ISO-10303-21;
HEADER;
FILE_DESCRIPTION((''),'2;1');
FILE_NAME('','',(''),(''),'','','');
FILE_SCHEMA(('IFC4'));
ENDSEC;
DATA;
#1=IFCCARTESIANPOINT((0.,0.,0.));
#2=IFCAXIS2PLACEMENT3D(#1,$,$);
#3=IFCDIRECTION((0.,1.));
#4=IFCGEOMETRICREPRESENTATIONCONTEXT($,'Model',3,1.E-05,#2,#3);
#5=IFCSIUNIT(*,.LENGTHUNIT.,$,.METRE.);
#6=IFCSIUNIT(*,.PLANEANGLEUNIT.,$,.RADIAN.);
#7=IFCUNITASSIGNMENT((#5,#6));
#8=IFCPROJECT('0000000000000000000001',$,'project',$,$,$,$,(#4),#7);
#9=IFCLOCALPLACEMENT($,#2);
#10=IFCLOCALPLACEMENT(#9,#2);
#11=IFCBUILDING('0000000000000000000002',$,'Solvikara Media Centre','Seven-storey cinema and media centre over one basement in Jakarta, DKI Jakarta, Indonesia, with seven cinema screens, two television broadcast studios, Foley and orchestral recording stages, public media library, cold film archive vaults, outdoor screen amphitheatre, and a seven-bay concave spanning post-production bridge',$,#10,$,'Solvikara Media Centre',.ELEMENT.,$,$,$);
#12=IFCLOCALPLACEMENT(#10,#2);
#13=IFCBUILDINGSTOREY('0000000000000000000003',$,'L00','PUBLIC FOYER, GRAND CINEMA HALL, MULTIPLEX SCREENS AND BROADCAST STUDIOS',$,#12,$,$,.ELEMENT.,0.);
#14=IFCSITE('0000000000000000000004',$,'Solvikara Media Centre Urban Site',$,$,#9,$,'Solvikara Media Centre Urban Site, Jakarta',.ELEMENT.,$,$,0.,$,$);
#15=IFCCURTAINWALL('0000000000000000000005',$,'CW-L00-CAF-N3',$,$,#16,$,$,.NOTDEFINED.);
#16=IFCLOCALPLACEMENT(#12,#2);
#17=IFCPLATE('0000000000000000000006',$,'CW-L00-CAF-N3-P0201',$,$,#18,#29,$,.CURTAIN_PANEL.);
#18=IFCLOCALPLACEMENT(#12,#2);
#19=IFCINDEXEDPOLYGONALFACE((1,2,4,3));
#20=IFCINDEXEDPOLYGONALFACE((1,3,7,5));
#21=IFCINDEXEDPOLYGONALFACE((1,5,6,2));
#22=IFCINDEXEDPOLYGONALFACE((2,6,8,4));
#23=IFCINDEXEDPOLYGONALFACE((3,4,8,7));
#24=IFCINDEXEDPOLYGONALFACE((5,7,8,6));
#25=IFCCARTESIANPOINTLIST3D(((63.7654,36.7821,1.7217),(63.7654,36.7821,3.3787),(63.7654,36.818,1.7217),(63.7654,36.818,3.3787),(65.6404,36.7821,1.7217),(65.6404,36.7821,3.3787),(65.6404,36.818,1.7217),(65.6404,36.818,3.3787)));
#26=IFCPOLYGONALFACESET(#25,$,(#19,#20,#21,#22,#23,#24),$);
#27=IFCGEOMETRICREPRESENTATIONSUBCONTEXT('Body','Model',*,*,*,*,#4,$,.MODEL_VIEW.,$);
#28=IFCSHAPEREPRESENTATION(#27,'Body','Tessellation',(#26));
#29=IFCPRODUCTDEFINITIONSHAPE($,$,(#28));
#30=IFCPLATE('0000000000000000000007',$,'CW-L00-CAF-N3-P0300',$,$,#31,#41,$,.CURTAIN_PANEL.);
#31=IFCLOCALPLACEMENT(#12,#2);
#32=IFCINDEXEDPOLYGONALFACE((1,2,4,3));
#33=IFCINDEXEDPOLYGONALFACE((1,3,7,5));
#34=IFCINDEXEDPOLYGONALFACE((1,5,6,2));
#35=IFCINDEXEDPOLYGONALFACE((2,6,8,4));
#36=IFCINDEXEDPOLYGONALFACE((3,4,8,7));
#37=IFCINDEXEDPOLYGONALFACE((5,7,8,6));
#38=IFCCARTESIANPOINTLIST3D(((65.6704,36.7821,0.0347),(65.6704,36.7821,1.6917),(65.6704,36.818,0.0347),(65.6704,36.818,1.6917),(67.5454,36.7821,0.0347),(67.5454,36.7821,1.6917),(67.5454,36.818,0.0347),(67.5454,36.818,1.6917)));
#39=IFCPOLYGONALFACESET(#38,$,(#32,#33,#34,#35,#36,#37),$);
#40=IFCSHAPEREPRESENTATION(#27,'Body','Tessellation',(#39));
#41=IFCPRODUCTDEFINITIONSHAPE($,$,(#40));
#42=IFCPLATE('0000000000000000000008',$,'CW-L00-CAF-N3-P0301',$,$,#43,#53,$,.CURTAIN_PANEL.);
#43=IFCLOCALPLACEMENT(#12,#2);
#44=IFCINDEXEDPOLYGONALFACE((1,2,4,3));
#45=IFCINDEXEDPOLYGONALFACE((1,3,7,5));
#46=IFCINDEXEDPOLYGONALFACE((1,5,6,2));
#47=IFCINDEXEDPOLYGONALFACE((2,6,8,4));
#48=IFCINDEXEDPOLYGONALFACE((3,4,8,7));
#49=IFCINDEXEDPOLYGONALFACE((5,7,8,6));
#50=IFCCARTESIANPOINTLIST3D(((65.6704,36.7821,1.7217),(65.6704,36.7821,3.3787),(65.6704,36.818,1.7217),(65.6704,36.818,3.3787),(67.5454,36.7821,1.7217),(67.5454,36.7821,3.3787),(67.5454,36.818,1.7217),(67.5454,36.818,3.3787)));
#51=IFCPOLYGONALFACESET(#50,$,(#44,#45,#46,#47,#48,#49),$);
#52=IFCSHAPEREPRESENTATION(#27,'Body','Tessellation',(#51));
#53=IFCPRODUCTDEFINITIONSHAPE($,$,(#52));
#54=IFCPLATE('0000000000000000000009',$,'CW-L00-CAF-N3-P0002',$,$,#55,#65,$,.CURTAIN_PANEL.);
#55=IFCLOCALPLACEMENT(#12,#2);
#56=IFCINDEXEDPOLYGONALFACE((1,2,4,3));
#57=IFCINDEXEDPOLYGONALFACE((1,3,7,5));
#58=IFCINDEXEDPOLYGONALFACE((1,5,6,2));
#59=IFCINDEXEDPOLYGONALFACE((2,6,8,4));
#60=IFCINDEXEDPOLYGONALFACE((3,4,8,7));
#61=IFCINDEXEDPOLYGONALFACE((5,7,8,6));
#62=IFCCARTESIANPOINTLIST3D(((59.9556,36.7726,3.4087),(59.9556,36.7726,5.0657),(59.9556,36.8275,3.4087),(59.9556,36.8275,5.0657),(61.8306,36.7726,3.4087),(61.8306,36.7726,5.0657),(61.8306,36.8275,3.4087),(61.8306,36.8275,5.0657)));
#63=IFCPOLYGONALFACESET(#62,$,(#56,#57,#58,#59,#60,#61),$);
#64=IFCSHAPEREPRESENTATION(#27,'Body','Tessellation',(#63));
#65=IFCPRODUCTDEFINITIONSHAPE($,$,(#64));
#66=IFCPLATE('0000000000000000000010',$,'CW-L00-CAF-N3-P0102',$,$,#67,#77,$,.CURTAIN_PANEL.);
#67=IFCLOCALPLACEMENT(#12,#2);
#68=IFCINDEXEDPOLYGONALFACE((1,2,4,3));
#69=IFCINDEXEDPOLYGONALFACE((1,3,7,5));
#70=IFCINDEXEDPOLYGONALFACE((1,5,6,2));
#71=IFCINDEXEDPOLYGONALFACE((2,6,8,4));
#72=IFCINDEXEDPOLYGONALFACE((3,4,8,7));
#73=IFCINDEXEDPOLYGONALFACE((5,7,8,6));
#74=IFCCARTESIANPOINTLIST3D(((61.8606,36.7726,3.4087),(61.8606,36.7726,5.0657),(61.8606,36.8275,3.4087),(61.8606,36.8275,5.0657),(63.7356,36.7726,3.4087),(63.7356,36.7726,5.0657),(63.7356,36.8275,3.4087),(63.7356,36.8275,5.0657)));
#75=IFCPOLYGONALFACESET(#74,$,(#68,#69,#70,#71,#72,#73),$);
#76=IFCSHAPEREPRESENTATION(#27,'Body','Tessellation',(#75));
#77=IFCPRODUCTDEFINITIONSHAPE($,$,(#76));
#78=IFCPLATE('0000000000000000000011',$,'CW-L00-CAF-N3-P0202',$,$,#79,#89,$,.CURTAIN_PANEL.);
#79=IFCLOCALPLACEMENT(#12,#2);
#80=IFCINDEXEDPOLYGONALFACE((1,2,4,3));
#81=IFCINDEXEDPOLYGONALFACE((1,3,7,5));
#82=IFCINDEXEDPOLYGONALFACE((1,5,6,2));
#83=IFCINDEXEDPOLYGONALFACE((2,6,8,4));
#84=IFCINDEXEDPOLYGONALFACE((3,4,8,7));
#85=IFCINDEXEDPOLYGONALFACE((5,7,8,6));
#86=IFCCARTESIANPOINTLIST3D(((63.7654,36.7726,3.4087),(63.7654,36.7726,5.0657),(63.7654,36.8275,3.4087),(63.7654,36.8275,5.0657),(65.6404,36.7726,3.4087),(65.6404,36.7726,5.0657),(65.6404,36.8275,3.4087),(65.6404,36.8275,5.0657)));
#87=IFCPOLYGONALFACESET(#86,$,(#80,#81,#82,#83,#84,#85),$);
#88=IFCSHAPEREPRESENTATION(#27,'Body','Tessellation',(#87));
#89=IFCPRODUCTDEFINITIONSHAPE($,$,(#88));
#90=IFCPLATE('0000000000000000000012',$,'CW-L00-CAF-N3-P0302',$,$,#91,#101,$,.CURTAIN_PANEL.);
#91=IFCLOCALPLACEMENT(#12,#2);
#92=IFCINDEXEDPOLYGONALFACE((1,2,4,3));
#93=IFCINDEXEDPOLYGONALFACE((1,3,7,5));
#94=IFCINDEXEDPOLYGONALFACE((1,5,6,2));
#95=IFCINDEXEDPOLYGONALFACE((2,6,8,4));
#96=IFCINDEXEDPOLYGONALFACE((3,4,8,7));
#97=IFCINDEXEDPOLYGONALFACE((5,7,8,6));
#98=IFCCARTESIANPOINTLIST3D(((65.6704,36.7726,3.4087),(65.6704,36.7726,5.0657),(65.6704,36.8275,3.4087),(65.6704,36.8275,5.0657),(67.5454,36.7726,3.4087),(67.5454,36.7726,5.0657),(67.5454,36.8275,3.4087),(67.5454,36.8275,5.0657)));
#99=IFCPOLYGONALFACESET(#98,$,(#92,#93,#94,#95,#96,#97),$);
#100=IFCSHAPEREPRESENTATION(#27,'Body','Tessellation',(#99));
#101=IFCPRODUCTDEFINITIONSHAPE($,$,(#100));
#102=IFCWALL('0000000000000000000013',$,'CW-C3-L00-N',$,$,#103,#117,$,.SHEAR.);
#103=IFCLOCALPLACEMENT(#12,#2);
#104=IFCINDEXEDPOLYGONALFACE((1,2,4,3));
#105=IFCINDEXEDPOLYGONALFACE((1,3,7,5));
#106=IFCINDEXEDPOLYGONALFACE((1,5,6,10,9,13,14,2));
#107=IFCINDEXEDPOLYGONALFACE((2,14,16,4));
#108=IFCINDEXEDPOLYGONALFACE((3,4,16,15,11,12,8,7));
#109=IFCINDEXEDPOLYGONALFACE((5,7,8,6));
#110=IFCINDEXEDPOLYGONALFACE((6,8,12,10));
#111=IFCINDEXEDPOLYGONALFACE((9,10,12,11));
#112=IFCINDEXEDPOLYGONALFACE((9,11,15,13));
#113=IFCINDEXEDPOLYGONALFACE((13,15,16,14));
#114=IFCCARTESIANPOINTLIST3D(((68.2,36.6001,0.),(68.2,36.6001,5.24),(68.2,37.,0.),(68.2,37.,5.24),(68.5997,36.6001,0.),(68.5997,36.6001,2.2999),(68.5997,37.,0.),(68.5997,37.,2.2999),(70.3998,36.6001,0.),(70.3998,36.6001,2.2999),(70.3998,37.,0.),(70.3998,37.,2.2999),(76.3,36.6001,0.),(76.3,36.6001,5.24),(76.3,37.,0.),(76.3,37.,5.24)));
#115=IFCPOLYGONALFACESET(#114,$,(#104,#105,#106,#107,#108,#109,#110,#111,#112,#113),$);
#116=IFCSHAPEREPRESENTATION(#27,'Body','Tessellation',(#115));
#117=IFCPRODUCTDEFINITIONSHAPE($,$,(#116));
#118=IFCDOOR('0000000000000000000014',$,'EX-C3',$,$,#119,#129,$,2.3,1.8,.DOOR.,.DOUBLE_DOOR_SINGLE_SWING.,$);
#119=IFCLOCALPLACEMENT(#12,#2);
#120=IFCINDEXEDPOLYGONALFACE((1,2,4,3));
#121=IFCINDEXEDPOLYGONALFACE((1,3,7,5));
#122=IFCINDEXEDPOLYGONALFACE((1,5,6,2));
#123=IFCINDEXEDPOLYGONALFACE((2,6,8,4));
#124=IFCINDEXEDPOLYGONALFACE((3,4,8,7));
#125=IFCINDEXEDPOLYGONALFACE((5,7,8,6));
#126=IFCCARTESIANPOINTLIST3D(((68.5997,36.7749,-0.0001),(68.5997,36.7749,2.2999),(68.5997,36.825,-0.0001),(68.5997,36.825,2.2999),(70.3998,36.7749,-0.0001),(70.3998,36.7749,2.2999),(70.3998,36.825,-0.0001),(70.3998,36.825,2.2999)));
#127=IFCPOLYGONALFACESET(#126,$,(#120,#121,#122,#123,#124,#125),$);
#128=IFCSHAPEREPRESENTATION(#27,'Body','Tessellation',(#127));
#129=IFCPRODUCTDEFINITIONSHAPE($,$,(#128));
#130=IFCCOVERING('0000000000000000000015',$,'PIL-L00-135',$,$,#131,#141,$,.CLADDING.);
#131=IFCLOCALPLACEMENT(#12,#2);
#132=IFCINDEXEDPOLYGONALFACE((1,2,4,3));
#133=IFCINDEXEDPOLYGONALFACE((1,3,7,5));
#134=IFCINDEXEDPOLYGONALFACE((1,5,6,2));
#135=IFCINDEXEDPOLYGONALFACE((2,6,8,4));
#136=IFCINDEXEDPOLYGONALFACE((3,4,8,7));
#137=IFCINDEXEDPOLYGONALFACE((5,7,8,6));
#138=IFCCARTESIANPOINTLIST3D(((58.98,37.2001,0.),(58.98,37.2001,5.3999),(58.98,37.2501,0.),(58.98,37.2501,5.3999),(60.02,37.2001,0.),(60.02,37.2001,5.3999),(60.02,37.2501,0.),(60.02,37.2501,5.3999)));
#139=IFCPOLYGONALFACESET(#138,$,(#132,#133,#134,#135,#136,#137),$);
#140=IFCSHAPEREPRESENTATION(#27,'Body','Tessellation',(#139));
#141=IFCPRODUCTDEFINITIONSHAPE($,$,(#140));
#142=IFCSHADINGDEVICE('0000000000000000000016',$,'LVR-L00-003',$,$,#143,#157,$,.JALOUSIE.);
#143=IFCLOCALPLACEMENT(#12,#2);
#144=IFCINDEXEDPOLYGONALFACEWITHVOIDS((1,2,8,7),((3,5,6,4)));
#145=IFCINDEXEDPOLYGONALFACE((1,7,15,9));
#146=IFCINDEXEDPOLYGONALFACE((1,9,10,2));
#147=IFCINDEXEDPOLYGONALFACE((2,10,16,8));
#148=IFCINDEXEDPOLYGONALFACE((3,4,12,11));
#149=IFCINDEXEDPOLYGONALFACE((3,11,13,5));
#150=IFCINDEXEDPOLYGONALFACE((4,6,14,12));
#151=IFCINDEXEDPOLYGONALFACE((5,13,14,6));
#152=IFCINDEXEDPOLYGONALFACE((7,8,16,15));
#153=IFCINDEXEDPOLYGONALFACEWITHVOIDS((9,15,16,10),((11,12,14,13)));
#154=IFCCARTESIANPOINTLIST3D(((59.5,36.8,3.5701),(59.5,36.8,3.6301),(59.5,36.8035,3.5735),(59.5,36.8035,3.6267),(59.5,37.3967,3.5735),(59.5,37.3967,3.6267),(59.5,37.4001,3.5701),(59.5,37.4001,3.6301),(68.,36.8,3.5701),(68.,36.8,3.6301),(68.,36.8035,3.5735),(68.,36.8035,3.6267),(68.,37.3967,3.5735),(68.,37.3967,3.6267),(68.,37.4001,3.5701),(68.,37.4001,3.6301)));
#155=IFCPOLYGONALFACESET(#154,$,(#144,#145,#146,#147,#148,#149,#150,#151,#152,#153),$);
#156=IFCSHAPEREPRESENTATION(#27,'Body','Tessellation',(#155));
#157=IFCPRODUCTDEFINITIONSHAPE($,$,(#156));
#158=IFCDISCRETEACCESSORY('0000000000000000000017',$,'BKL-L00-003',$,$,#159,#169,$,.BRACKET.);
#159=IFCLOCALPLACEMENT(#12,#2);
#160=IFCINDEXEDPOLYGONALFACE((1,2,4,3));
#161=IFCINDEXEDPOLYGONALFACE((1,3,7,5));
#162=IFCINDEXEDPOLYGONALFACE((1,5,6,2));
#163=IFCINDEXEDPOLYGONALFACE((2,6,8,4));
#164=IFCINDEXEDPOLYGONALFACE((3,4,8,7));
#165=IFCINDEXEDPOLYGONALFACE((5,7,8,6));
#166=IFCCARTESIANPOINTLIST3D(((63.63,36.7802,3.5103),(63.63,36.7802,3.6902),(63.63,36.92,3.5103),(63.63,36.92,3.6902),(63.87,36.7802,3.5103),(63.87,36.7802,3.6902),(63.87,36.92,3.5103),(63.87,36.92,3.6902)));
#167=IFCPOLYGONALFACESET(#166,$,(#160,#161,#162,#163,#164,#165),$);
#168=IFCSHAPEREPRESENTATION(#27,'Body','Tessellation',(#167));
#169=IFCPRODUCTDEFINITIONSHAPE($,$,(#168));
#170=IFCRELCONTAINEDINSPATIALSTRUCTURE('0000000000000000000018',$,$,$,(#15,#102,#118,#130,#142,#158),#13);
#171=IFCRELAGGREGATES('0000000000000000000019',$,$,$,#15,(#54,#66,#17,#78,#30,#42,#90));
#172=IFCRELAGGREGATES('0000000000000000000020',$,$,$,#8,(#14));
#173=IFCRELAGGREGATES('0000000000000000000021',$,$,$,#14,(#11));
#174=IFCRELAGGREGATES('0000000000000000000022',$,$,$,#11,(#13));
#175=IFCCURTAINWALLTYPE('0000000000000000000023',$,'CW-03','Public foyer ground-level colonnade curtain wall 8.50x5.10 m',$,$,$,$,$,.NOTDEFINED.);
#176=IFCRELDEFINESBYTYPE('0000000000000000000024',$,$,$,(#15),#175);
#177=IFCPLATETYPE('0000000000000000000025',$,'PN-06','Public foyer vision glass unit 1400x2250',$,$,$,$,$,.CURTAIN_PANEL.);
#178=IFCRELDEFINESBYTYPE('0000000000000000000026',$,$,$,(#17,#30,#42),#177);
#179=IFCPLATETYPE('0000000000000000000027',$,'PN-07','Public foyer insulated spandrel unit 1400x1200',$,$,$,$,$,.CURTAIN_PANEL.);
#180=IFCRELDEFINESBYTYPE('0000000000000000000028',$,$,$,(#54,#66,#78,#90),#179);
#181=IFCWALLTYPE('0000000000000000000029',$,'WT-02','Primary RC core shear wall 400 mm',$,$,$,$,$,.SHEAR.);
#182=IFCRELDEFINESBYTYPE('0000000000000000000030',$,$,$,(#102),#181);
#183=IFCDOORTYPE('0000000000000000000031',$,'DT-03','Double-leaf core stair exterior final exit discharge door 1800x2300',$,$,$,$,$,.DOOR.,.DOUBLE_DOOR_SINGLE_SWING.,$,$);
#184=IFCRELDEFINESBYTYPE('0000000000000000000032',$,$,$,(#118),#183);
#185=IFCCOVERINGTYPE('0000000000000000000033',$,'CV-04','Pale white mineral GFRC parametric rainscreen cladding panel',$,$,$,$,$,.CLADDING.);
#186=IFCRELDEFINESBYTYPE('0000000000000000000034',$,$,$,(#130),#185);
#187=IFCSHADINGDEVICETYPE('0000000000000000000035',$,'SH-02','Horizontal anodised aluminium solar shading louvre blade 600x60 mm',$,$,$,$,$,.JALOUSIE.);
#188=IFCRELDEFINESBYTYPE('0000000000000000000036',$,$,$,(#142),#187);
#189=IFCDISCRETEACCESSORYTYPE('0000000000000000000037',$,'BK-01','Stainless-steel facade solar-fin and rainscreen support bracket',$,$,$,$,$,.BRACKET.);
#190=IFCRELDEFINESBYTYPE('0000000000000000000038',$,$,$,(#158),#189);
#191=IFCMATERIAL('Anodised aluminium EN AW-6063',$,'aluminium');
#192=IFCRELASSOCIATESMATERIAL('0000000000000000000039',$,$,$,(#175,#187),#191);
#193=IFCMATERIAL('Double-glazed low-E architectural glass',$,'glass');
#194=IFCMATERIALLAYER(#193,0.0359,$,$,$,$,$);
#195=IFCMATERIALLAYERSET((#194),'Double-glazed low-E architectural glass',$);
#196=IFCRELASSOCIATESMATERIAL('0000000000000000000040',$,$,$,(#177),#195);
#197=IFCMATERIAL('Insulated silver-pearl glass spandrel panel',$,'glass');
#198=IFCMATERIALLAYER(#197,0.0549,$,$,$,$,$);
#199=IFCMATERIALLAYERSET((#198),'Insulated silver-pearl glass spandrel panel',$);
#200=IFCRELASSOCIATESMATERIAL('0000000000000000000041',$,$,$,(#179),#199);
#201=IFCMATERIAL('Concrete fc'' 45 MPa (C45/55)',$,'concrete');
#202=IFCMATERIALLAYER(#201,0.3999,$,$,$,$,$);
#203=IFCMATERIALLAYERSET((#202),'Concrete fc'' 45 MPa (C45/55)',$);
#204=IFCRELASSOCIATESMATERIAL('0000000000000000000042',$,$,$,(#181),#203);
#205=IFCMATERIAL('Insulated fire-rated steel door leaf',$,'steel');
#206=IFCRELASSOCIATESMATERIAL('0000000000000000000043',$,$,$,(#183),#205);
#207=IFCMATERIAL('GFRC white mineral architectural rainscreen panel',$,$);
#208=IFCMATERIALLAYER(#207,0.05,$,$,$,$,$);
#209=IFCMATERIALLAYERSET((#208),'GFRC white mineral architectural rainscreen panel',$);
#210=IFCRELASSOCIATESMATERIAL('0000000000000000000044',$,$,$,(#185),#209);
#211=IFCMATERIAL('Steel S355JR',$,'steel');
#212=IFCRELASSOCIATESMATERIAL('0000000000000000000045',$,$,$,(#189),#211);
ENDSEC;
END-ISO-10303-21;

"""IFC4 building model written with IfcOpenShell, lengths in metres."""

from ifc_helpers import new_model, si_unit, direction, frame, frame_2d, origin, origin_2d, place, context, subcontext, project, spatial, rectangle, hollow_rectangle, extrude, material, layer, layer_set, material_profile, profile_set, type_object, element, fill, aggregate, save


model = new_model("IFC4")

# Units and contexts
model_context = context("Model", 3, precision=1e-05, world=origin(), true_north=direction((0.0, 1.0)))
body_context = subcontext(model_context, "Body", "Model", "MODEL_VIEW")
ifc_project = project(units=[si_unit("LENGTHUNIT", "METRE"), si_unit("PLANEANGLEUNIT", "RADIAN")], contexts=[model_context])

# Site, building, storey
site_placement = place(None, origin())
site = spatial("IfcSite", under=ifc_project, at=site_placement, Name="Solvikara Media Centre Urban Site", LongName="Solvikara Media Centre Urban Site, Jakarta", CompositionType="ELEMENT", RefElevation=0.0)
building_placement = place(site_placement, origin())
building = spatial("IfcBuilding", under=site, at=building_placement, Name="Solvikara Media Centre", Description="Seven-storey cinema and media centre over one basement in Jakarta, DKI Jakarta, Indonesia, with seven cinema screens, two television broadcast studios, Foley and orchestral recording stages, public media library, cold film archive vaults, outdoor screen amphitheatre, and a seven-bay concave spanning post-production bridge", LongName="Solvikara Media Centre", CompositionType="ELEMENT")
storey_placement = place(building_placement, origin())
storey = spatial("IfcBuildingStorey", under=building, at=storey_placement, Name="L00", Description="PUBLIC FOYER, GRAND CINEMA HALL, MULTIPLEX SCREENS AND BROADCAST STUDIOS", CompositionType="ELEMENT", Elevation=0.0)

# Shared definitions
ifc_material_1 = material(Name="Concrete fc' 45 MPa (C45/55)", Category="concrete")

# Curtain wall, plates
ifc_material_2 = material(Name="Anodised aluminium EN AW-6063", Category="aluminium")
curtain_wall_type = type_object("IfcCurtainWallType", Name="CW-03", Description="Public foyer ground-level colonnade curtain wall 8.50x5.10 m", PredefinedType="NOTDEFINED", material=ifc_material_2)
curtain_wall_placement = place(storey_placement, origin())
curtain_wall = element("IfcCurtainWall", 1, at=curtain_wall_placement, inside=storey, type_object=curtain_wall_type, Name="CW-L00-CAF-N3", PredefinedType="NOTDEFINED")
ifc_material_3 = material(Name="Double-glazed low-E architectural glass", Category="glass")
ifc_layer_1 = layer(ifc_material_3, 0.0359)
ifc_layer_set_1 = layer_set([ifc_layer_1], Name="Double-glazed low-E architectural glass")
plate_type_1 = type_object("IfcPlateType", Name="PN-06", Description="Public foyer vision glass unit 1400x2250", PredefinedType="CURTAIN_PANEL", material=ifc_layer_set_1)
plate_1_placement = place(storey_placement, frame((64.7029, 36.8, 1.7217), z_axis=(0.0, 0.0, 1.0), x_axis=(1.0, 0.0, 0.0)))
plate_1 = element("IfcPlate", 2, at=plate_1_placement, type_object=plate_type_1, Name="CW-L00-CAF-N3-P0201", PredefinedType="CURTAIN_PANEL", context=body_context, shape_type="SweptSolid", body=[
    extrude(rectangle(XDim=1.875, YDim=0.0359, at=origin_2d()), origin(), (0.0, 0.0, 1.0), 1.657),
])
plate_2_placement = place(storey_placement, frame((66.6079, 36.8, 0.0347), z_axis=(0.0, 0.0, 1.0), x_axis=(1.0, 0.0, 0.0)))
plate_2 = element("IfcPlate", 3, at=plate_2_placement, type_object=plate_type_1, Name="CW-L00-CAF-N3-P0300", PredefinedType="CURTAIN_PANEL", context=body_context, shape_type="SweptSolid", body=[
    extrude(rectangle(XDim=1.875, YDim=0.0359, at=origin_2d()), origin(), (0.0, 0.0, 1.0), 1.657),
])
plate_3_placement = place(storey_placement, frame((66.6079, 36.8, 1.7217), z_axis=(0.0, 0.0, 1.0), x_axis=(1.0, 0.0, 0.0)))
plate_3 = element("IfcPlate", 4, at=plate_3_placement, type_object=plate_type_1, Name="CW-L00-CAF-N3-P0301", PredefinedType="CURTAIN_PANEL", context=body_context, shape_type="SweptSolid", body=[
    extrude(rectangle(XDim=1.875, YDim=0.0359, at=origin_2d()), origin(), (0.0, 0.0, 1.0), 1.657),
])
ifc_material_4 = material(Name="Insulated silver-pearl glass spandrel panel", Category="glass")
ifc_layer_2 = layer(ifc_material_4, 0.0549)
ifc_layer_set_2 = layer_set([ifc_layer_2], Name="Insulated silver-pearl glass spandrel panel")
plate_type_2 = type_object("IfcPlateType", Name="PN-07", Description="Public foyer insulated spandrel unit 1400x1200", PredefinedType="CURTAIN_PANEL", material=ifc_layer_set_2)
plate_4_placement = place(storey_placement, frame((60.8931, 36.8, 3.4087), z_axis=(0.0, 0.0, 1.0), x_axis=(1.0, 0.0, 0.0)))
plate_4 = element("IfcPlate", 5, at=plate_4_placement, type_object=plate_type_2, Name="CW-L00-CAF-N3-P0002", PredefinedType="CURTAIN_PANEL", context=body_context, shape_type="SweptSolid", body=[
    extrude(rectangle(XDim=1.875, YDim=0.0549, at=origin_2d()), origin(), (0.0, 0.0, 1.0), 1.657),
])
plate_5_placement = place(storey_placement, frame((62.7981, 36.8, 3.4087), z_axis=(0.0, 0.0, 1.0), x_axis=(1.0, 0.0, 0.0)))
plate_5 = element("IfcPlate", 6, at=plate_5_placement, type_object=plate_type_2, Name="CW-L00-CAF-N3-P0102", PredefinedType="CURTAIN_PANEL", context=body_context, shape_type="SweptSolid", body=[
    extrude(rectangle(XDim=1.875, YDim=0.0549, at=origin_2d()), origin(), (0.0, 0.0, 1.0), 1.657),
])
plate_6_placement = place(storey_placement, frame((64.7029, 36.8, 3.4087), z_axis=(0.0, 0.0, 1.0), x_axis=(1.0, 0.0, 0.0)))
plate_6 = element("IfcPlate", 7, at=plate_6_placement, type_object=plate_type_2, Name="CW-L00-CAF-N3-P0202", PredefinedType="CURTAIN_PANEL", context=body_context, shape_type="SweptSolid", body=[
    extrude(rectangle(XDim=1.875, YDim=0.0549, at=origin_2d()), origin(), (0.0, 0.0, 1.0), 1.657),
])
plate_7_placement = place(storey_placement, frame((66.6079, 36.8, 3.4087), z_axis=(0.0, 0.0, 1.0), x_axis=(1.0, 0.0, 0.0)))
plate_7 = element("IfcPlate", 8, at=plate_7_placement, type_object=plate_type_2, Name="CW-L00-CAF-N3-P0302", PredefinedType="CURTAIN_PANEL", context=body_context, shape_type="SweptSolid", body=[
    extrude(rectangle(XDim=1.875, YDim=0.0549, at=origin_2d()), origin(), (0.0, 0.0, 1.0), 1.657),
])
aggregate(curtain_wall, [plate_4, plate_5, plate_1, plate_6, plate_2, plate_3, plate_7])

# Wall, opening, door
ifc_layer_3 = layer(ifc_material_1, 0.3999)
ifc_layer_set_3 = layer_set([ifc_layer_3], Name="Concrete fc' 45 MPa (C45/55)")
wall_type = type_object("IfcWallType", Name="WT-02", Description="Primary RC core shear wall 400 mm", PredefinedType="SHEAR", material=ifc_layer_set_3)
wall_placement = place(storey_placement, frame((68.2, 36.8, 0.0), z_axis=(0.0, 0.0, 1.0), x_axis=(1.0, 0.0, 0.0)))
wall = element("IfcWall", 9, at=wall_placement, inside=storey, type_object=wall_type, Name="CW-C3-L00-N", PredefinedType="SHEAR", context=body_context, shape_type="SweptSolid", body=[
    extrude(rectangle(XDim=8.1001, YDim=0.3999, at=frame_2d((4.05, 0.0))), origin(), (0.0, 0.0, 1.0), 5.24),
])
opening_placement = place(wall_placement, frame((0.3999, 0.0, 0.0)))
opening = element("IfcOpeningElement", 10, at=opening_placement, cuts=wall, PredefinedType="OPENING", context=body_context, shape_type="SweptSolid", body=[
    extrude(rectangle(XDim=1.8, YDim=2.3, at=frame_2d((0.8999, 1.1499))), frame((0.0, 0.2119, 0.0), z_axis=(0.0, -1.0, 0.0), x_axis=(1.0, 0.0, 0.0)), (0.0, 0.0, 1.0), 0.4238),
])
ifc_material_5 = material(Name="Insulated fire-rated steel door leaf", Category="steel")
door_type = type_object("IfcDoorType", Name="DT-03", Description="Double-leaf core stair exterior final exit discharge door 1800x2300", OperationType="DOUBLE_DOOR_SINGLE_SWING", PredefinedType="DOOR", material=ifc_material_5)
door_placement = place(opening_placement, origin())
door = element("IfcDoor", 11, at=door_placement, inside=storey, type_object=door_type, Name="EX-C3", OperationType="DOUBLE_DOOR_SINGLE_SWING", OverallHeight=2.3, OverallWidth=1.8, PredefinedType="DOOR", context=body_context, shape_type="SweptSolid", body=[
    extrude(rectangle(XDim=1.8, YDim=2.3, at=frame_2d((0.8999, 1.1499))), frame((0.0, 0.0249, 0.0), z_axis=(0.0, -1.0, 0.0), x_axis=(1.0, 0.0, 0.0)), (0.0, 0.0, 1.0), 0.05),
])
fill(opening, door)

# Covering
ifc_material_6 = material(Name="GFRC white mineral architectural rainscreen panel")
ifc_layer_4 = layer(ifc_material_6, 0.05)
ifc_layer_set_4 = layer_set([ifc_layer_4], Name="GFRC white mineral architectural rainscreen panel")
covering_type = type_object("IfcCoveringType", Name="CV-04", Description="Pale white mineral GFRC parametric rainscreen cladding panel", PredefinedType="CLADDING", material=ifc_layer_set_4)
covering_placement = place(storey_placement, frame((59.5, 37.2251, 0.0), z_axis=(0.0, 0.0, 1.0), x_axis=(-1.0, 0.0, 0.0)))
element("IfcCovering", 12, at=covering_placement, inside=storey, type_object=covering_type, Name="PIL-L00-135", PredefinedType="CLADDING", context=body_context, shape_type="SweptSolid", body=[
    extrude(rectangle(XDim=1.04, YDim=0.05, at=origin_2d()), origin(), (0.0, 0.0, 1.0), 5.3999),
])

# Shared definitions
ifc_material_7 = material(Name="Steel S355JR", Category="steel")

# Shading device
ifc_material_profile_1 = material_profile(ifc_material_2, hollow_rectangle(XDim=0.6001, YDim=0.0601, WallThickness=0.0034, at=origin_2d()), Name="ALU-LOUVRE 60x600x3.5")
ifc_profile_set_1 = profile_set([ifc_material_profile_1], Name="Anodised aluminium EN AW-6063")
shading_device_type = type_object("IfcShadingDeviceType", Name="SH-02", Description="Horizontal anodised aluminium solar shading louvre blade 600x60 mm", PredefinedType="JALOUSIE", material=ifc_profile_set_1)
shading_device_placement = place(storey_placement, frame((59.5, 37.1001, 3.6001), z_axis=(1.0, 0.0, 0.0), x_axis=(0.0, 1.0, 0.0)))
element("IfcShadingDevice", 13, at=shading_device_placement, inside=storey, type_object=shading_device_type, Name="LVR-L00-003", PredefinedType="JALOUSIE", context=body_context, shape_type="SweptSolid", body=[
    extrude(hollow_rectangle(XDim=0.6001, YDim=0.0601, WallThickness=0.0034, at=origin_2d()), origin(), (0.0, 0.0, 1.0), 8.5),
])

# Discrete accessory
discrete_accessory_type = type_object("IfcDiscreteAccessoryType", Name="BK-01", Description="Stainless-steel facade solar-fin and rainscreen support bracket", PredefinedType="BRACKET", material=ifc_material_7)
discrete_accessory_placement = place(storey_placement, frame((63.75, 36.8501, 3.5103), z_axis=(0.0, 0.0, 1.0), x_axis=(1.0, 0.0, 0.0)))
element("IfcDiscreteAccessory", 14, at=discrete_accessory_placement, inside=storey, type_object=discrete_accessory_type, Name="BKL-L00-003", PredefinedType="BRACKET", context=body_context, shape_type="SweptSolid", body=[
    extrude(rectangle(XDim=0.24, YDim=0.1399, at=origin_2d()), origin(), (0.0, 0.0, 1.0), 0.1799),
])

save(model, "model.ifc")
